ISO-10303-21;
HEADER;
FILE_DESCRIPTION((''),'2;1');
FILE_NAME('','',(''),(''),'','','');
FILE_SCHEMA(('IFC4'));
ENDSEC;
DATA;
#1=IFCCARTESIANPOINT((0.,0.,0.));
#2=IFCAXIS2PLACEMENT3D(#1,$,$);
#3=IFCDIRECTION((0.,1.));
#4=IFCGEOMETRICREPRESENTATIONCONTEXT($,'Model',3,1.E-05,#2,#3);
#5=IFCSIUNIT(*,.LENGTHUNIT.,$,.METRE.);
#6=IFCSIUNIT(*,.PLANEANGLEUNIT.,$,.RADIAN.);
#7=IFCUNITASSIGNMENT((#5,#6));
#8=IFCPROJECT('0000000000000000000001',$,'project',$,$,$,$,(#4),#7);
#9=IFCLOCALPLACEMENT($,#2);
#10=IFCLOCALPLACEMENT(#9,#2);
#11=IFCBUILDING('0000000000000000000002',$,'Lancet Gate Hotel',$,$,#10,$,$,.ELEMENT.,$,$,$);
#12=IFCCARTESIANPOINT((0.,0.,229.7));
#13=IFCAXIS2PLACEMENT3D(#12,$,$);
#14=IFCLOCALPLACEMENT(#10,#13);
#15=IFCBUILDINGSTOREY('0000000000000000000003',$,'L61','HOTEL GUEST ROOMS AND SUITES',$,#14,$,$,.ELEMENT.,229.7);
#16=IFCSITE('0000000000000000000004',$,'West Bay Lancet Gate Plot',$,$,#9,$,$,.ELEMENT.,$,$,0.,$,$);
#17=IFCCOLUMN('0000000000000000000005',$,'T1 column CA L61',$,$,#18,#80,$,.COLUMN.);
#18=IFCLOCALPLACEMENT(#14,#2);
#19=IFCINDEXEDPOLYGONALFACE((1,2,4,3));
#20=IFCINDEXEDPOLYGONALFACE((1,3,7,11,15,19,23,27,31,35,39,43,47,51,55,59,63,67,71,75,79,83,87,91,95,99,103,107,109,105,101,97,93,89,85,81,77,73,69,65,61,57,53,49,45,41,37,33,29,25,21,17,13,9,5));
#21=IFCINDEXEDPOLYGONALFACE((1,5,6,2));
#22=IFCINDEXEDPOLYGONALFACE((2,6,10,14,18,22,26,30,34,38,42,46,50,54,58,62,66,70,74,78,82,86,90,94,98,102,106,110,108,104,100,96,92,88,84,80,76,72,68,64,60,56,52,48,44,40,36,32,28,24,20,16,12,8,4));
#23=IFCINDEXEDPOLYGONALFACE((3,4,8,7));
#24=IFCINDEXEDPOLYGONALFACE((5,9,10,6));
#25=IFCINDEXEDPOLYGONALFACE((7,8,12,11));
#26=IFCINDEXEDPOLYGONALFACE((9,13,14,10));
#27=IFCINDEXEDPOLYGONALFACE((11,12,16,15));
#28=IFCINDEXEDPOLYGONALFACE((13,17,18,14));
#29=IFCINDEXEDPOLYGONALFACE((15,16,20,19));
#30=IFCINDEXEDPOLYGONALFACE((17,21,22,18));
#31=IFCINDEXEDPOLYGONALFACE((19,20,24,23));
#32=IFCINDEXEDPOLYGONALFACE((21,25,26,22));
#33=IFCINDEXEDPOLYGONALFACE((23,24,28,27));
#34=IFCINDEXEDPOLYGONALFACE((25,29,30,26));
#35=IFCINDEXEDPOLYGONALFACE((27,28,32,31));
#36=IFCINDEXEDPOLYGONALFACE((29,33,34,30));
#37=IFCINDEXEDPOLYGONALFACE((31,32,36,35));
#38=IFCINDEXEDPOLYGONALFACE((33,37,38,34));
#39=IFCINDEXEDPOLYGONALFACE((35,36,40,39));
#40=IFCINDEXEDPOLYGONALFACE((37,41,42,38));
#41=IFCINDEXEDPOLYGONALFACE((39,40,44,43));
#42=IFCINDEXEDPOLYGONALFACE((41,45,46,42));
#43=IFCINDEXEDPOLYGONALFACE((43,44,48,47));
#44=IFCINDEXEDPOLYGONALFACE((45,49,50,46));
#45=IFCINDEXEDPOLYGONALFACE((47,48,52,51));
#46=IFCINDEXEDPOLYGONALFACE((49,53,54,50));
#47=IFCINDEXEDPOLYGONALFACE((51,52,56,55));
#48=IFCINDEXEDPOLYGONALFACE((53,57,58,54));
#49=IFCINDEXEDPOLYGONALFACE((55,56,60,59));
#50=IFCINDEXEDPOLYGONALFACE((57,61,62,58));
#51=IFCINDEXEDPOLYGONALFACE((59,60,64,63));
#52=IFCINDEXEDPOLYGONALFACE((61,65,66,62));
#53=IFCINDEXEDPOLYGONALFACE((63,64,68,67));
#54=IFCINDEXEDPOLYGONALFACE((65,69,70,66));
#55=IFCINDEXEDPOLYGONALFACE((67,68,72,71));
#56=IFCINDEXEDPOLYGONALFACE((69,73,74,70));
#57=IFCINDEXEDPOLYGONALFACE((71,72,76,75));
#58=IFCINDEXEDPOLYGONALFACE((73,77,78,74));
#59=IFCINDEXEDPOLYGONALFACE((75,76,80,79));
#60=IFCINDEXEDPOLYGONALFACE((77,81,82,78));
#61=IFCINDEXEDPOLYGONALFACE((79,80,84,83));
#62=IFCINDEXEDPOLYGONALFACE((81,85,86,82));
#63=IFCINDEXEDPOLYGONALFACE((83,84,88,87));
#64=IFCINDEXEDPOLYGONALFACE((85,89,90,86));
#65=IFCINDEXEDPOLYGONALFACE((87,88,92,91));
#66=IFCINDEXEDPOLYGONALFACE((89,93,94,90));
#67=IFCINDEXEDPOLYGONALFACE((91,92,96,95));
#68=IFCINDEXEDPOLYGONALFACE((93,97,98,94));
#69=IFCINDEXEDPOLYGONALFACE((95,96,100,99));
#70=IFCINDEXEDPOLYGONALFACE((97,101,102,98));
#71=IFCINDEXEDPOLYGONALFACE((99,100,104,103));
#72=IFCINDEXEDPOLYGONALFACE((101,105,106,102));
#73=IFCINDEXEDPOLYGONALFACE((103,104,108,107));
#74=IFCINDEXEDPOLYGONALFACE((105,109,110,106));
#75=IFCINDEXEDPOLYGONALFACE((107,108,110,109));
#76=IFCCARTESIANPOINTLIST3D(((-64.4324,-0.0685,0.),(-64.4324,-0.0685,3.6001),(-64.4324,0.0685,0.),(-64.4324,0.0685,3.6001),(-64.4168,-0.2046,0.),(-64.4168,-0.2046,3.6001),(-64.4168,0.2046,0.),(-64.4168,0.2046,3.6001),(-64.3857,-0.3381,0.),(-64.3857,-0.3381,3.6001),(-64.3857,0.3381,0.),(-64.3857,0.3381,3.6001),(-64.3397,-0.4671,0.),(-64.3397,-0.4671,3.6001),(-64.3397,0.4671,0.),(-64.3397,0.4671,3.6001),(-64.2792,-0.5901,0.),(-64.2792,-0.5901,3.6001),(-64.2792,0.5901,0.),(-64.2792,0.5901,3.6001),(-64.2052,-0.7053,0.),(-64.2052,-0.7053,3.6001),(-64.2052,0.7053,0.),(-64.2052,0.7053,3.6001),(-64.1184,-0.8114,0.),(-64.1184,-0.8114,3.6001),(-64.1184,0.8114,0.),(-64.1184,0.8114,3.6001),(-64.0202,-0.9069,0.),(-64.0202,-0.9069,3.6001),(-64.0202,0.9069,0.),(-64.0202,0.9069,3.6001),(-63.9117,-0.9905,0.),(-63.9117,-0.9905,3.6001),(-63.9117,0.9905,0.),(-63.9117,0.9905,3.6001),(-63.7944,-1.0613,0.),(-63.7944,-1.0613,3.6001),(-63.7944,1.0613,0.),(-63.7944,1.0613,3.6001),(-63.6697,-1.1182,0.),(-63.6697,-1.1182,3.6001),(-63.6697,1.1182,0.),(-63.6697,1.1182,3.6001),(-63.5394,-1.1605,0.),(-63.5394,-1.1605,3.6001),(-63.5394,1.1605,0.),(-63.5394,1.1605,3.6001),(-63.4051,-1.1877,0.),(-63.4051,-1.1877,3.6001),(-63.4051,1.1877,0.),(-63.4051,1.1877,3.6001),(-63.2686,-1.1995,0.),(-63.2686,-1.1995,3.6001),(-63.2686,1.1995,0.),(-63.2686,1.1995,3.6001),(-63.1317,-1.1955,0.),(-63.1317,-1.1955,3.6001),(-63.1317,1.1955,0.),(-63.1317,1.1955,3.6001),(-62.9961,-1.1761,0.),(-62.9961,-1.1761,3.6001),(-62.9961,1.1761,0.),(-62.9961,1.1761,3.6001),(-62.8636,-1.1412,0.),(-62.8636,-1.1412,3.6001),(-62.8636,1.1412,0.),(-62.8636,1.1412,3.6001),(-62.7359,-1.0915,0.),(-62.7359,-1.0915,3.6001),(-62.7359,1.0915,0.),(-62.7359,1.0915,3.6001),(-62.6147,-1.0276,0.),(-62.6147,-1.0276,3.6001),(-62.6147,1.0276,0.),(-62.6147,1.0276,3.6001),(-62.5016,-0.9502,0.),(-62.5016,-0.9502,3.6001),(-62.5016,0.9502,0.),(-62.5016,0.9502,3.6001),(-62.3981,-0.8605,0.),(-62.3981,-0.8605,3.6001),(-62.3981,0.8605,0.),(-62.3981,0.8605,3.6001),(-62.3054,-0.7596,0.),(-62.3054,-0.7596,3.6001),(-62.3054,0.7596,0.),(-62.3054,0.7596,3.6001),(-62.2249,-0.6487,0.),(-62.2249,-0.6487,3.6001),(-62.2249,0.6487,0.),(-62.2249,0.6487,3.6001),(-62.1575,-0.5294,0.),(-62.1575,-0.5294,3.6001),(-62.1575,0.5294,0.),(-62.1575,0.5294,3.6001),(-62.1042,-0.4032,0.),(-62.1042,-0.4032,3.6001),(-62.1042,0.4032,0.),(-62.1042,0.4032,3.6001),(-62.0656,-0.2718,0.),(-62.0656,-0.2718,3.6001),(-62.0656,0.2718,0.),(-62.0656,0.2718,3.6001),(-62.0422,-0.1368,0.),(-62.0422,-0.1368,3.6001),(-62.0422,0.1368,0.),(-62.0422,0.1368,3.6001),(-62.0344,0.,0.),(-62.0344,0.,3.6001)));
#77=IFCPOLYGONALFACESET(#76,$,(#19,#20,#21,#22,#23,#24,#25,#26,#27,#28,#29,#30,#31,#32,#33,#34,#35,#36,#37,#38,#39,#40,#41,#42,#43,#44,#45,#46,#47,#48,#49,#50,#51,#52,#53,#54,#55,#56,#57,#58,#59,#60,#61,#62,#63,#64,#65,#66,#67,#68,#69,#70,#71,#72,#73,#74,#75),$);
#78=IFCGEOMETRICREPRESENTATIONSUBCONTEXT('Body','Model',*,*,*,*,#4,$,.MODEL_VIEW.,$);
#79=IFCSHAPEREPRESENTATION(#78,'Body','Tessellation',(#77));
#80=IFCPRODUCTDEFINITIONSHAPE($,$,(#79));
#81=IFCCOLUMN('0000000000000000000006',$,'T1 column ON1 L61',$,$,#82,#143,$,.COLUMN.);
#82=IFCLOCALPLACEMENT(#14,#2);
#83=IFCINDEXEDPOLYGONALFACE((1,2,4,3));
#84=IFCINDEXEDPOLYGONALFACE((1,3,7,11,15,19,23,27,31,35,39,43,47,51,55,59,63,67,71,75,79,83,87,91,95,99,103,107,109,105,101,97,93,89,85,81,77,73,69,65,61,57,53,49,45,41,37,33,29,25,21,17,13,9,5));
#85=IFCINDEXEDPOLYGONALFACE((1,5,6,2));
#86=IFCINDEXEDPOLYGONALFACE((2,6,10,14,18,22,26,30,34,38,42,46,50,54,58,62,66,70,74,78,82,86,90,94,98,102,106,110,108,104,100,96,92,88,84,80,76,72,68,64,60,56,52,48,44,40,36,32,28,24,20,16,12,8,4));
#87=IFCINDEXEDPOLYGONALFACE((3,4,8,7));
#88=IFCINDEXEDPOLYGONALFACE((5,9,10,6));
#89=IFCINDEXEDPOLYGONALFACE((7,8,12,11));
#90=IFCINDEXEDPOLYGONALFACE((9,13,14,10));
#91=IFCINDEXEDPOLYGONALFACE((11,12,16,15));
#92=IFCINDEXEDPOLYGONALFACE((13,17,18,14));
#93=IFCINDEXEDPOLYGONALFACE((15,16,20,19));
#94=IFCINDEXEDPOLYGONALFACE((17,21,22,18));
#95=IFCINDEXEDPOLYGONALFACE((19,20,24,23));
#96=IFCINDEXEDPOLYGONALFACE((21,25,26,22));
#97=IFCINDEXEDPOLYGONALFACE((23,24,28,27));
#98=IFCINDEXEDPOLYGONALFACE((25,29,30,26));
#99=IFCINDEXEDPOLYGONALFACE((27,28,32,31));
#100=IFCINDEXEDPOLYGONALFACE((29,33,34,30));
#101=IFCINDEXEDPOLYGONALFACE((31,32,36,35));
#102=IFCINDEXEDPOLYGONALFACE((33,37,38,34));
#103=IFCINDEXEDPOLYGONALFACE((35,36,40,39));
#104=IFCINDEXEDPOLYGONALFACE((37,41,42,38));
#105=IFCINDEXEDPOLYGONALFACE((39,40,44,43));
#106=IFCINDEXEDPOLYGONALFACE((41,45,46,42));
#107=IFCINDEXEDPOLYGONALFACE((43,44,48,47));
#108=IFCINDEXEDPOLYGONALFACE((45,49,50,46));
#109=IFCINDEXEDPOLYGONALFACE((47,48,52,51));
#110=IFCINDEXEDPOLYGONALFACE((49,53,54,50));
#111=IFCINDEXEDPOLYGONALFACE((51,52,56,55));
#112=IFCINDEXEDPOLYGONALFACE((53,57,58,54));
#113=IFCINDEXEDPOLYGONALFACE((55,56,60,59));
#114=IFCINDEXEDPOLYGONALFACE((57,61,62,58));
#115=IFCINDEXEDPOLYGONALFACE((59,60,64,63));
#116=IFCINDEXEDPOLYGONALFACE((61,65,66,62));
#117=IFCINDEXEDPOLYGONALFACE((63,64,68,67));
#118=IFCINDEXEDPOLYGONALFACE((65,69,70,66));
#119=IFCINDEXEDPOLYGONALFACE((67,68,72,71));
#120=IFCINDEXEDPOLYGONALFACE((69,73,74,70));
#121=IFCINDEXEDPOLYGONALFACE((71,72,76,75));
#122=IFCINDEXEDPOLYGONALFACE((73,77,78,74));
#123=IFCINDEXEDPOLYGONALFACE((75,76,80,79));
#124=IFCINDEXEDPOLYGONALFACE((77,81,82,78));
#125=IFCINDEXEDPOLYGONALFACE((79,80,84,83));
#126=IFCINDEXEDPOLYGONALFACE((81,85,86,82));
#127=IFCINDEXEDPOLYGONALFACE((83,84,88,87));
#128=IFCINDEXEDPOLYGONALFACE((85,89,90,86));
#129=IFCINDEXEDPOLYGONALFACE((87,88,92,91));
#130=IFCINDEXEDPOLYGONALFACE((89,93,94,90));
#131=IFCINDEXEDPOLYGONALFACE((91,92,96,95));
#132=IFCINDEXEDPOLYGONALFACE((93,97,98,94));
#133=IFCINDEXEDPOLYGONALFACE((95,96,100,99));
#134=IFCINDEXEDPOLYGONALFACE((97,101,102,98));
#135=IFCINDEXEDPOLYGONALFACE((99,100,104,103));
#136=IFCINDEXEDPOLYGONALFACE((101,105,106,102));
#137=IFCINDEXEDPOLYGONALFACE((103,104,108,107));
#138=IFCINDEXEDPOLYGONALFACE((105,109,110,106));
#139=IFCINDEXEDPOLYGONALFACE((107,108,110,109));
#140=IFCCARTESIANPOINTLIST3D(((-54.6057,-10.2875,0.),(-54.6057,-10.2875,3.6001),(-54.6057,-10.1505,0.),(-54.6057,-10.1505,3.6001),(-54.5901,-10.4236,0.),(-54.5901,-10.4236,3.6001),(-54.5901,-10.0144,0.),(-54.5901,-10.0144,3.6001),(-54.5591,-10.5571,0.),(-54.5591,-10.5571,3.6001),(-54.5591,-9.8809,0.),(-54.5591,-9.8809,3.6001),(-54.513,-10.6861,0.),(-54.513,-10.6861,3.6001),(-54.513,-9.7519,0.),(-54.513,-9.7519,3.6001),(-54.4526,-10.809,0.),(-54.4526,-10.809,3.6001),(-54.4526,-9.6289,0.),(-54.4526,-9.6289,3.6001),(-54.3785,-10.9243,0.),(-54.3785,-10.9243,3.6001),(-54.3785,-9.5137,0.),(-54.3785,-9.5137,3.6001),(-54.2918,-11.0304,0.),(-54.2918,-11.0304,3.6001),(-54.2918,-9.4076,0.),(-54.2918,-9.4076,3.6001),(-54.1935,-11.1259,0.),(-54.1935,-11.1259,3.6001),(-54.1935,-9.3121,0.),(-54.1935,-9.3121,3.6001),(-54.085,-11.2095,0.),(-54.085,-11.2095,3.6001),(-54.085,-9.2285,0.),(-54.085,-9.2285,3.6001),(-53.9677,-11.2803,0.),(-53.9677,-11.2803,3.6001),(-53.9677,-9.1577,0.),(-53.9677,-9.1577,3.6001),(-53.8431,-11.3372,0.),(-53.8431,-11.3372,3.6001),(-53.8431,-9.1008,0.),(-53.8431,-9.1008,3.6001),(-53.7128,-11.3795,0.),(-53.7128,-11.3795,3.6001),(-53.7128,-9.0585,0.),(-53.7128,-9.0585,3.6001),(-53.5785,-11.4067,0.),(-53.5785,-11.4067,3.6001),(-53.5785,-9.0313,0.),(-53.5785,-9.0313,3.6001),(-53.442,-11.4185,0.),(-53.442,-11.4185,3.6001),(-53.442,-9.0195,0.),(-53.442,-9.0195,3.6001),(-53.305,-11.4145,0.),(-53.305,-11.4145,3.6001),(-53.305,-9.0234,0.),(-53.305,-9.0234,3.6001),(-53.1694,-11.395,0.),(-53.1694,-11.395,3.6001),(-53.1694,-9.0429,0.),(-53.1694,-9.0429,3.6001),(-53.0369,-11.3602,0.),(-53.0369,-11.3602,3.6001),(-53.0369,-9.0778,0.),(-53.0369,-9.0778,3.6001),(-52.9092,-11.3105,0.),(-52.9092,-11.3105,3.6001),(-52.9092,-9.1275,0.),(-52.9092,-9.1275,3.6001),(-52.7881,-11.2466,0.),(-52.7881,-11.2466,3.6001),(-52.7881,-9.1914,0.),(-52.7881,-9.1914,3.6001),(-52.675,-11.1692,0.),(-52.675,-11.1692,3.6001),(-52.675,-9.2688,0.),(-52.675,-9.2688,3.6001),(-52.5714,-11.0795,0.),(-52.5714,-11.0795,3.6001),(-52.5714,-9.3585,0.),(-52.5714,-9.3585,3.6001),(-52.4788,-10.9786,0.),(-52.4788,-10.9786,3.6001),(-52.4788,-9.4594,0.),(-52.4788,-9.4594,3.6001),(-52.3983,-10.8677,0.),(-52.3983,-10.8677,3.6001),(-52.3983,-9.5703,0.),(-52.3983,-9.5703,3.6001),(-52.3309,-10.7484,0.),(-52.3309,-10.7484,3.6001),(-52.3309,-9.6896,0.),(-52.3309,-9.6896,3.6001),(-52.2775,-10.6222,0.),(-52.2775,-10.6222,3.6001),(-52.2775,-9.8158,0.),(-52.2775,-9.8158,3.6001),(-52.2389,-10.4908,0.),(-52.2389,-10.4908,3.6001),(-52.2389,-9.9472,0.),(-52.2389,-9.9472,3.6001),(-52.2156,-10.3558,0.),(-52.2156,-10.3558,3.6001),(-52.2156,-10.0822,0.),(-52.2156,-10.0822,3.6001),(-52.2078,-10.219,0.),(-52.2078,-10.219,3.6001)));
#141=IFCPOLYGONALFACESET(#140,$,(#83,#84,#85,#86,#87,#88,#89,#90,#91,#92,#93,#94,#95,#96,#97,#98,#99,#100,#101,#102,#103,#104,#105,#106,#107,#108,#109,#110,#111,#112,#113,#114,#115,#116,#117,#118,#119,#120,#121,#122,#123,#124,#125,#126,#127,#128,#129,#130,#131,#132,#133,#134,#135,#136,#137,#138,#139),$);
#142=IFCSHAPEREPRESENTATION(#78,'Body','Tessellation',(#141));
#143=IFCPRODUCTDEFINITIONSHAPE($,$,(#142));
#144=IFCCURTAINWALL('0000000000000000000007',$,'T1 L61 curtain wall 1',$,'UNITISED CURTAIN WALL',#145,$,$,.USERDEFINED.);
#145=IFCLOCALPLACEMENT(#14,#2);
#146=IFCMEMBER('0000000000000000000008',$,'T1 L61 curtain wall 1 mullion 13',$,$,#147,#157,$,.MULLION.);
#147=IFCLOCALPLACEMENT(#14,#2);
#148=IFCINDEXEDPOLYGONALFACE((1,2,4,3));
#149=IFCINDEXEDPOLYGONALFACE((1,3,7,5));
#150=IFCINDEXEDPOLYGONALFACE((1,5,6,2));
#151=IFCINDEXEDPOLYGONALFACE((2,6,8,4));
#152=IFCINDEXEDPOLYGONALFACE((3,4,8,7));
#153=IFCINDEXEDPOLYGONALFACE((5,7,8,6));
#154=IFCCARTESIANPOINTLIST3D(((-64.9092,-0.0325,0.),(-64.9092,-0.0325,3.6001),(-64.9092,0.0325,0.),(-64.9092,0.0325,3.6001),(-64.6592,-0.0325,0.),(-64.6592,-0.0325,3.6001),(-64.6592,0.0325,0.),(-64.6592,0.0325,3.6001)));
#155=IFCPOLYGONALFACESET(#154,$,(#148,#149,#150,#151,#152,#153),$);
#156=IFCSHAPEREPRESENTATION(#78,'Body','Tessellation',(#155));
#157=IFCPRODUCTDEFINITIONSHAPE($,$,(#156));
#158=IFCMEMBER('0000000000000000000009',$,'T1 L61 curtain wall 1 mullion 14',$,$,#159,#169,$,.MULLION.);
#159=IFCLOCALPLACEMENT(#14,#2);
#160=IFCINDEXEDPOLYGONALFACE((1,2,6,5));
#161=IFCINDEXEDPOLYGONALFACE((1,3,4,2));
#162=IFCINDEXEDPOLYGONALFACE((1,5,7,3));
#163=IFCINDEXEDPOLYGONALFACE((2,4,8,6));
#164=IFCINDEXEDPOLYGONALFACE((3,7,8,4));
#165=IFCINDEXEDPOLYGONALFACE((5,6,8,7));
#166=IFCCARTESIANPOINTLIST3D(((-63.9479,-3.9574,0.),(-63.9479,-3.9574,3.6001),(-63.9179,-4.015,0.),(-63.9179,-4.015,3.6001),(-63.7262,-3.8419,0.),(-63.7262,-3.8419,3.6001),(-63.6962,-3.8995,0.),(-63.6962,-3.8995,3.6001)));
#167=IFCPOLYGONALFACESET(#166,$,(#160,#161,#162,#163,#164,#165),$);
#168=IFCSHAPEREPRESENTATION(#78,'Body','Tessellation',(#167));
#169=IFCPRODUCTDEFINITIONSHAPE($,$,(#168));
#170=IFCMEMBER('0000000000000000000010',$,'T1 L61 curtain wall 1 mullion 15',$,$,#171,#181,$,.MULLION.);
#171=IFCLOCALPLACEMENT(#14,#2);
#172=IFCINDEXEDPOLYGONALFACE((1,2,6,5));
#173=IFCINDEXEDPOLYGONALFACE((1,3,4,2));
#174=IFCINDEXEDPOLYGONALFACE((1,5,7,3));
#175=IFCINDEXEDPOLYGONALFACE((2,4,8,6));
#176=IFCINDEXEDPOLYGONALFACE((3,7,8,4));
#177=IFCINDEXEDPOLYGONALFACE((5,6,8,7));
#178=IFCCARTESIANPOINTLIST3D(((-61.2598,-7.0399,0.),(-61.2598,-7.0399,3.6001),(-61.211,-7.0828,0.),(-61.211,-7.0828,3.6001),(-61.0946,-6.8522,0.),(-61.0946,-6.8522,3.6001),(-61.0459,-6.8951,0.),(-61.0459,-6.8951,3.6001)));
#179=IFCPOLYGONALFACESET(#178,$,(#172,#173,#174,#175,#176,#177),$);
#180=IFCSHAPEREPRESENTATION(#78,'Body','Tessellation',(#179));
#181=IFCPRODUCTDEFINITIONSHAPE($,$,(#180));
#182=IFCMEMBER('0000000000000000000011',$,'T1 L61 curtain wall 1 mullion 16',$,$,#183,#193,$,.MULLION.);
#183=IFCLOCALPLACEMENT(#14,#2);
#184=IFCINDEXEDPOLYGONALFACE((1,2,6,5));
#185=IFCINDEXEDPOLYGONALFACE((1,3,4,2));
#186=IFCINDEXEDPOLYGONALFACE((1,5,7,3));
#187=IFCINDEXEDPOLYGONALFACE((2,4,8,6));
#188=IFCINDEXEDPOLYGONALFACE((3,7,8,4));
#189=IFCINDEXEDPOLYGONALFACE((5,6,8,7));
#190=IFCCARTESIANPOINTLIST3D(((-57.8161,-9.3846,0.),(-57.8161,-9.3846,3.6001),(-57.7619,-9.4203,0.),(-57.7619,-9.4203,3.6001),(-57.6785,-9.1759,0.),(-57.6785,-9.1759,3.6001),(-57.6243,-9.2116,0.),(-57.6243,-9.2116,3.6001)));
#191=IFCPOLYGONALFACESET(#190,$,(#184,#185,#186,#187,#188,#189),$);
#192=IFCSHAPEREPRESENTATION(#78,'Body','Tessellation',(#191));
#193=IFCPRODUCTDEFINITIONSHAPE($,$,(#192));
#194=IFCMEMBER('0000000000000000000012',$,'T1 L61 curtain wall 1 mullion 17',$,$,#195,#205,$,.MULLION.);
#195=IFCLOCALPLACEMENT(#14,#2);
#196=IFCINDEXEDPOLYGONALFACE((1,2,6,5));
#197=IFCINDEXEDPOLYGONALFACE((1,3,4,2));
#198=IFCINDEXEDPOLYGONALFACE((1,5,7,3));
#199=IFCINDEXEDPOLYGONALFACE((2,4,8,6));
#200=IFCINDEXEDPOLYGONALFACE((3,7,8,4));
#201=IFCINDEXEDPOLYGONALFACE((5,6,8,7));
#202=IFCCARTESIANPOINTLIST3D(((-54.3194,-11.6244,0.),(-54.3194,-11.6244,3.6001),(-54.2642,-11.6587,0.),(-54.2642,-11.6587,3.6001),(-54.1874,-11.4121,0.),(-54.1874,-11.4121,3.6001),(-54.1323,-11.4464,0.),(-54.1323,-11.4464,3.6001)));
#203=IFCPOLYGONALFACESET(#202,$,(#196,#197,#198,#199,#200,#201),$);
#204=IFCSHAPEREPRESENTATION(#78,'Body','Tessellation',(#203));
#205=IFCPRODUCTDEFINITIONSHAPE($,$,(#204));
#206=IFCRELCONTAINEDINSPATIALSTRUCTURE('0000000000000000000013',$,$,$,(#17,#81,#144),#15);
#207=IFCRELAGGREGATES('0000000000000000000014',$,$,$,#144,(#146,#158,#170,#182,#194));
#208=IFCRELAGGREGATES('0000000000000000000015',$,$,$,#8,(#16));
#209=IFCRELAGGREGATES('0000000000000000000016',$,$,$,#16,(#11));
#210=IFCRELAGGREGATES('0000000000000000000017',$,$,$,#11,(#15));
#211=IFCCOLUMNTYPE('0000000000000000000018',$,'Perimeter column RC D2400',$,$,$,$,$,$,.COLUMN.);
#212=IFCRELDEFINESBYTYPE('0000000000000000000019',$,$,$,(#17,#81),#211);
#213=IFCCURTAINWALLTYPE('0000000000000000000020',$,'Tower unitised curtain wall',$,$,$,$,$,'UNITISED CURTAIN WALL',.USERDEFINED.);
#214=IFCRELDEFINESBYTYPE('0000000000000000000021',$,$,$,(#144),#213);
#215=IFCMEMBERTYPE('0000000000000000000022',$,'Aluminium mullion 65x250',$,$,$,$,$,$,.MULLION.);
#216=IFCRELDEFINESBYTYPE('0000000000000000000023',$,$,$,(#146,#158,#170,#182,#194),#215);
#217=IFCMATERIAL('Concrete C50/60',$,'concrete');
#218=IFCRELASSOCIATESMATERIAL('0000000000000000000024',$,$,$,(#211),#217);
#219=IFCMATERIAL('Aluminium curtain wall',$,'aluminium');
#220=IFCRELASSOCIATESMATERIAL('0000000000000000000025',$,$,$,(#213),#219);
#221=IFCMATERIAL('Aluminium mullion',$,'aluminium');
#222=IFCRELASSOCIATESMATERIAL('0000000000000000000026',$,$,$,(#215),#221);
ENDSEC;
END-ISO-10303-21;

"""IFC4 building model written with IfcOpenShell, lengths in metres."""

from ifc_helpers import new_model, si_unit, direction, frame, origin, origin_2d, place, context, subcontext, project, spatial, rectangle, circle, extrude, material, material_profile, profile_set, type_object, element, aggregate, save


model = new_model("IFC4")

# Units and contexts
model_context = context("Model", 3, precision=1e-05, world=origin(), true_north=direction((0.0, 1.0)))
body_context = subcontext(model_context, "Body", "Model", "MODEL_VIEW")
ifc_project = project(units=[si_unit("LENGTHUNIT", "METRE"), si_unit("PLANEANGLEUNIT", "RADIAN")], contexts=[model_context])

# Site, building, storey
site_placement = place(None, origin())
site = spatial("IfcSite", under=ifc_project, at=site_placement, Name="West Bay Lancet Gate Plot", CompositionType="ELEMENT", RefElevation=0.0)
building_placement = place(site_placement, origin())
building = spatial("IfcBuilding", under=site, at=building_placement, Name="Lancet Gate Hotel", CompositionType="ELEMENT")
storey_placement = place(building_placement, frame((0.0, 0.0, 229.7)))
storey = spatial("IfcBuildingStorey", under=building, at=storey_placement, Name="L61", Description="HOTEL GUEST ROOMS AND SUITES", CompositionType="ELEMENT", Elevation=229.7)

# Columns
ifc_material_1 = material(Name="Concrete C50/60", Category="concrete")
ifc_material_profile_1 = material_profile(ifc_material_1, circle(Radius=1.2, at=origin_2d()), Name="RC D2400")
ifc_profile_set_1 = profile_set([ifc_material_profile_1], Name="Concrete C50/60")
column_type = type_object("IfcColumnType", Name="Perimeter column RC D2400", PredefinedType="COLUMN", material=ifc_profile_set_1)
for number, where, z_axis, x_axis, name in (
    (1, (-63.2344, 0.0, 0.0), (0.0, 0.0, 1.0), (1.0, 0.0, 0.0), "T1 column CA L61"),
    (2, (-53.4077, -10.219, 0.0), (0.0, 0.0, 1.0), (1.0, 0.0, 0.0), "T1 column ON1 L61"),
):
    element("IfcColumn", number, at=place(storey_placement, frame(where, z_axis=z_axis, x_axis=x_axis)), inside=storey, type_object=column_type, Name=name, PredefinedType="COLUMN", context=body_context, shape_type="SweptSolid", body=[
        extrude(circle(Radius=1.2, at=origin_2d()), origin(), (0.0, 0.0, 1.0), 3.6001),
    ])

# Curtain wall, members
ifc_material_2 = material(Name="Aluminium curtain wall", Category="aluminium")
curtain_wall_type = type_object("IfcCurtainWallType", Name="Tower unitised curtain wall", ElementType="UNITISED CURTAIN WALL", PredefinedType="USERDEFINED", material=ifc_material_2)
curtain_wall_placement = place(storey_placement, origin())
curtain_wall = element("IfcCurtainWall", 3, at=curtain_wall_placement, inside=storey, type_object=curtain_wall_type, Name="T1 L61 curtain wall 1", ObjectType="UNITISED CURTAIN WALL", PredefinedType="USERDEFINED")
ifc_material_3 = material(Name="Aluminium mullion", Category="aluminium")
ifc_material_profile_2 = material_profile(ifc_material_3, rectangle(XDim=0.0649, YDim=0.25, at=origin_2d()), Name="MULLION 65x250")
ifc_profile_set_2 = profile_set([ifc_material_profile_2], Name="Aluminium mullion")
member_type_1 = type_object("IfcMemberType", Name="Aluminium mullion 65x250", PredefinedType="MULLION", material=ifc_profile_set_2)
member_1_placement = place(storey_placement, frame((-64.7842, 0.0, 0.0), z_axis=(0.0, 0.0, 1.0), x_axis=(0.0, -1.0, 0.0)))
member_1 = element("IfcMember", 4, at=member_1_placement, type_object=member_type_1, Name="T1 L61 curtain wall 1 mullion 13", PredefinedType="MULLION", context=body_context, shape_type="SweptSolid", body=[
    extrude(rectangle(XDim=0.0649, YDim=0.25, at=origin_2d()), origin(), (0.0, 0.0, 1.0), 3.6001),
])
member_2_placement = place(storey_placement, frame((-63.822, -3.9285, 0.0), z_axis=(0.0, 0.0, 1.0), x_axis=(0.462178, -0.886787, 0.0)))
member_2 = element("IfcMember", 5, at=member_2_placement, type_object=member_type_1, Name="T1 L61 curtain wall 1 mullion 14", PredefinedType="MULLION", context=body_context, shape_type="SweptSolid", body=[
    extrude(rectangle(XDim=0.0649, YDim=0.25, at=origin_2d()), origin(), (0.0, 0.0, 1.0), 3.6001),
])
member_3_placement = place(storey_placement, frame((-61.1528, -6.9675, 0.0), z_axis=(0.0, 0.0, 1.0), x_axis=(0.750716, -0.660626, 0.0)))
member_3 = element("IfcMember", 6, at=member_3_placement, type_object=member_type_1, Name="T1 L61 curtain wall 1 mullion 15", PredefinedType="MULLION", context=body_context, shape_type="SweptSolid", body=[
    extrude(rectangle(XDim=0.0649, YDim=0.25, at=origin_2d()), origin(), (0.0, 0.0, 1.0), 3.6001),
])
member_4_placement = place(storey_placement, frame((-57.7202, -9.2981, 0.0), z_axis=(0.0, 0.0, 1.0), x_axis=(0.834827, -0.550512, 0.0)))
member_4 = element("IfcMember", 7, at=member_4_placement, type_object=member_type_1, Name="T1 L61 curtain wall 1 mullion 16", PredefinedType="MULLION", context=body_context, shape_type="SweptSolid", body=[
    extrude(rectangle(XDim=0.0649, YDim=0.25, at=origin_2d()), origin(), (0.0, 0.0, 1.0), 3.6001),
])
member_5_placement = place(storey_placement, frame((-54.2258, -11.5354, 0.0), z_axis=(0.0, 0.0, 1.0), x_axis=(0.849342, -0.527842, 0.0)))
member_5 = element("IfcMember", 8, at=member_5_placement, type_object=member_type_1, Name="T1 L61 curtain wall 1 mullion 17", PredefinedType="MULLION", context=body_context, shape_type="SweptSolid", body=[
    extrude(rectangle(XDim=0.0649, YDim=0.25, at=origin_2d()), origin(), (0.0, 0.0, 1.0), 3.6001),
])

aggregate(curtain_wall, [member_1, member_2, member_3, member_4, member_5])

save(model, "model.ifc")
